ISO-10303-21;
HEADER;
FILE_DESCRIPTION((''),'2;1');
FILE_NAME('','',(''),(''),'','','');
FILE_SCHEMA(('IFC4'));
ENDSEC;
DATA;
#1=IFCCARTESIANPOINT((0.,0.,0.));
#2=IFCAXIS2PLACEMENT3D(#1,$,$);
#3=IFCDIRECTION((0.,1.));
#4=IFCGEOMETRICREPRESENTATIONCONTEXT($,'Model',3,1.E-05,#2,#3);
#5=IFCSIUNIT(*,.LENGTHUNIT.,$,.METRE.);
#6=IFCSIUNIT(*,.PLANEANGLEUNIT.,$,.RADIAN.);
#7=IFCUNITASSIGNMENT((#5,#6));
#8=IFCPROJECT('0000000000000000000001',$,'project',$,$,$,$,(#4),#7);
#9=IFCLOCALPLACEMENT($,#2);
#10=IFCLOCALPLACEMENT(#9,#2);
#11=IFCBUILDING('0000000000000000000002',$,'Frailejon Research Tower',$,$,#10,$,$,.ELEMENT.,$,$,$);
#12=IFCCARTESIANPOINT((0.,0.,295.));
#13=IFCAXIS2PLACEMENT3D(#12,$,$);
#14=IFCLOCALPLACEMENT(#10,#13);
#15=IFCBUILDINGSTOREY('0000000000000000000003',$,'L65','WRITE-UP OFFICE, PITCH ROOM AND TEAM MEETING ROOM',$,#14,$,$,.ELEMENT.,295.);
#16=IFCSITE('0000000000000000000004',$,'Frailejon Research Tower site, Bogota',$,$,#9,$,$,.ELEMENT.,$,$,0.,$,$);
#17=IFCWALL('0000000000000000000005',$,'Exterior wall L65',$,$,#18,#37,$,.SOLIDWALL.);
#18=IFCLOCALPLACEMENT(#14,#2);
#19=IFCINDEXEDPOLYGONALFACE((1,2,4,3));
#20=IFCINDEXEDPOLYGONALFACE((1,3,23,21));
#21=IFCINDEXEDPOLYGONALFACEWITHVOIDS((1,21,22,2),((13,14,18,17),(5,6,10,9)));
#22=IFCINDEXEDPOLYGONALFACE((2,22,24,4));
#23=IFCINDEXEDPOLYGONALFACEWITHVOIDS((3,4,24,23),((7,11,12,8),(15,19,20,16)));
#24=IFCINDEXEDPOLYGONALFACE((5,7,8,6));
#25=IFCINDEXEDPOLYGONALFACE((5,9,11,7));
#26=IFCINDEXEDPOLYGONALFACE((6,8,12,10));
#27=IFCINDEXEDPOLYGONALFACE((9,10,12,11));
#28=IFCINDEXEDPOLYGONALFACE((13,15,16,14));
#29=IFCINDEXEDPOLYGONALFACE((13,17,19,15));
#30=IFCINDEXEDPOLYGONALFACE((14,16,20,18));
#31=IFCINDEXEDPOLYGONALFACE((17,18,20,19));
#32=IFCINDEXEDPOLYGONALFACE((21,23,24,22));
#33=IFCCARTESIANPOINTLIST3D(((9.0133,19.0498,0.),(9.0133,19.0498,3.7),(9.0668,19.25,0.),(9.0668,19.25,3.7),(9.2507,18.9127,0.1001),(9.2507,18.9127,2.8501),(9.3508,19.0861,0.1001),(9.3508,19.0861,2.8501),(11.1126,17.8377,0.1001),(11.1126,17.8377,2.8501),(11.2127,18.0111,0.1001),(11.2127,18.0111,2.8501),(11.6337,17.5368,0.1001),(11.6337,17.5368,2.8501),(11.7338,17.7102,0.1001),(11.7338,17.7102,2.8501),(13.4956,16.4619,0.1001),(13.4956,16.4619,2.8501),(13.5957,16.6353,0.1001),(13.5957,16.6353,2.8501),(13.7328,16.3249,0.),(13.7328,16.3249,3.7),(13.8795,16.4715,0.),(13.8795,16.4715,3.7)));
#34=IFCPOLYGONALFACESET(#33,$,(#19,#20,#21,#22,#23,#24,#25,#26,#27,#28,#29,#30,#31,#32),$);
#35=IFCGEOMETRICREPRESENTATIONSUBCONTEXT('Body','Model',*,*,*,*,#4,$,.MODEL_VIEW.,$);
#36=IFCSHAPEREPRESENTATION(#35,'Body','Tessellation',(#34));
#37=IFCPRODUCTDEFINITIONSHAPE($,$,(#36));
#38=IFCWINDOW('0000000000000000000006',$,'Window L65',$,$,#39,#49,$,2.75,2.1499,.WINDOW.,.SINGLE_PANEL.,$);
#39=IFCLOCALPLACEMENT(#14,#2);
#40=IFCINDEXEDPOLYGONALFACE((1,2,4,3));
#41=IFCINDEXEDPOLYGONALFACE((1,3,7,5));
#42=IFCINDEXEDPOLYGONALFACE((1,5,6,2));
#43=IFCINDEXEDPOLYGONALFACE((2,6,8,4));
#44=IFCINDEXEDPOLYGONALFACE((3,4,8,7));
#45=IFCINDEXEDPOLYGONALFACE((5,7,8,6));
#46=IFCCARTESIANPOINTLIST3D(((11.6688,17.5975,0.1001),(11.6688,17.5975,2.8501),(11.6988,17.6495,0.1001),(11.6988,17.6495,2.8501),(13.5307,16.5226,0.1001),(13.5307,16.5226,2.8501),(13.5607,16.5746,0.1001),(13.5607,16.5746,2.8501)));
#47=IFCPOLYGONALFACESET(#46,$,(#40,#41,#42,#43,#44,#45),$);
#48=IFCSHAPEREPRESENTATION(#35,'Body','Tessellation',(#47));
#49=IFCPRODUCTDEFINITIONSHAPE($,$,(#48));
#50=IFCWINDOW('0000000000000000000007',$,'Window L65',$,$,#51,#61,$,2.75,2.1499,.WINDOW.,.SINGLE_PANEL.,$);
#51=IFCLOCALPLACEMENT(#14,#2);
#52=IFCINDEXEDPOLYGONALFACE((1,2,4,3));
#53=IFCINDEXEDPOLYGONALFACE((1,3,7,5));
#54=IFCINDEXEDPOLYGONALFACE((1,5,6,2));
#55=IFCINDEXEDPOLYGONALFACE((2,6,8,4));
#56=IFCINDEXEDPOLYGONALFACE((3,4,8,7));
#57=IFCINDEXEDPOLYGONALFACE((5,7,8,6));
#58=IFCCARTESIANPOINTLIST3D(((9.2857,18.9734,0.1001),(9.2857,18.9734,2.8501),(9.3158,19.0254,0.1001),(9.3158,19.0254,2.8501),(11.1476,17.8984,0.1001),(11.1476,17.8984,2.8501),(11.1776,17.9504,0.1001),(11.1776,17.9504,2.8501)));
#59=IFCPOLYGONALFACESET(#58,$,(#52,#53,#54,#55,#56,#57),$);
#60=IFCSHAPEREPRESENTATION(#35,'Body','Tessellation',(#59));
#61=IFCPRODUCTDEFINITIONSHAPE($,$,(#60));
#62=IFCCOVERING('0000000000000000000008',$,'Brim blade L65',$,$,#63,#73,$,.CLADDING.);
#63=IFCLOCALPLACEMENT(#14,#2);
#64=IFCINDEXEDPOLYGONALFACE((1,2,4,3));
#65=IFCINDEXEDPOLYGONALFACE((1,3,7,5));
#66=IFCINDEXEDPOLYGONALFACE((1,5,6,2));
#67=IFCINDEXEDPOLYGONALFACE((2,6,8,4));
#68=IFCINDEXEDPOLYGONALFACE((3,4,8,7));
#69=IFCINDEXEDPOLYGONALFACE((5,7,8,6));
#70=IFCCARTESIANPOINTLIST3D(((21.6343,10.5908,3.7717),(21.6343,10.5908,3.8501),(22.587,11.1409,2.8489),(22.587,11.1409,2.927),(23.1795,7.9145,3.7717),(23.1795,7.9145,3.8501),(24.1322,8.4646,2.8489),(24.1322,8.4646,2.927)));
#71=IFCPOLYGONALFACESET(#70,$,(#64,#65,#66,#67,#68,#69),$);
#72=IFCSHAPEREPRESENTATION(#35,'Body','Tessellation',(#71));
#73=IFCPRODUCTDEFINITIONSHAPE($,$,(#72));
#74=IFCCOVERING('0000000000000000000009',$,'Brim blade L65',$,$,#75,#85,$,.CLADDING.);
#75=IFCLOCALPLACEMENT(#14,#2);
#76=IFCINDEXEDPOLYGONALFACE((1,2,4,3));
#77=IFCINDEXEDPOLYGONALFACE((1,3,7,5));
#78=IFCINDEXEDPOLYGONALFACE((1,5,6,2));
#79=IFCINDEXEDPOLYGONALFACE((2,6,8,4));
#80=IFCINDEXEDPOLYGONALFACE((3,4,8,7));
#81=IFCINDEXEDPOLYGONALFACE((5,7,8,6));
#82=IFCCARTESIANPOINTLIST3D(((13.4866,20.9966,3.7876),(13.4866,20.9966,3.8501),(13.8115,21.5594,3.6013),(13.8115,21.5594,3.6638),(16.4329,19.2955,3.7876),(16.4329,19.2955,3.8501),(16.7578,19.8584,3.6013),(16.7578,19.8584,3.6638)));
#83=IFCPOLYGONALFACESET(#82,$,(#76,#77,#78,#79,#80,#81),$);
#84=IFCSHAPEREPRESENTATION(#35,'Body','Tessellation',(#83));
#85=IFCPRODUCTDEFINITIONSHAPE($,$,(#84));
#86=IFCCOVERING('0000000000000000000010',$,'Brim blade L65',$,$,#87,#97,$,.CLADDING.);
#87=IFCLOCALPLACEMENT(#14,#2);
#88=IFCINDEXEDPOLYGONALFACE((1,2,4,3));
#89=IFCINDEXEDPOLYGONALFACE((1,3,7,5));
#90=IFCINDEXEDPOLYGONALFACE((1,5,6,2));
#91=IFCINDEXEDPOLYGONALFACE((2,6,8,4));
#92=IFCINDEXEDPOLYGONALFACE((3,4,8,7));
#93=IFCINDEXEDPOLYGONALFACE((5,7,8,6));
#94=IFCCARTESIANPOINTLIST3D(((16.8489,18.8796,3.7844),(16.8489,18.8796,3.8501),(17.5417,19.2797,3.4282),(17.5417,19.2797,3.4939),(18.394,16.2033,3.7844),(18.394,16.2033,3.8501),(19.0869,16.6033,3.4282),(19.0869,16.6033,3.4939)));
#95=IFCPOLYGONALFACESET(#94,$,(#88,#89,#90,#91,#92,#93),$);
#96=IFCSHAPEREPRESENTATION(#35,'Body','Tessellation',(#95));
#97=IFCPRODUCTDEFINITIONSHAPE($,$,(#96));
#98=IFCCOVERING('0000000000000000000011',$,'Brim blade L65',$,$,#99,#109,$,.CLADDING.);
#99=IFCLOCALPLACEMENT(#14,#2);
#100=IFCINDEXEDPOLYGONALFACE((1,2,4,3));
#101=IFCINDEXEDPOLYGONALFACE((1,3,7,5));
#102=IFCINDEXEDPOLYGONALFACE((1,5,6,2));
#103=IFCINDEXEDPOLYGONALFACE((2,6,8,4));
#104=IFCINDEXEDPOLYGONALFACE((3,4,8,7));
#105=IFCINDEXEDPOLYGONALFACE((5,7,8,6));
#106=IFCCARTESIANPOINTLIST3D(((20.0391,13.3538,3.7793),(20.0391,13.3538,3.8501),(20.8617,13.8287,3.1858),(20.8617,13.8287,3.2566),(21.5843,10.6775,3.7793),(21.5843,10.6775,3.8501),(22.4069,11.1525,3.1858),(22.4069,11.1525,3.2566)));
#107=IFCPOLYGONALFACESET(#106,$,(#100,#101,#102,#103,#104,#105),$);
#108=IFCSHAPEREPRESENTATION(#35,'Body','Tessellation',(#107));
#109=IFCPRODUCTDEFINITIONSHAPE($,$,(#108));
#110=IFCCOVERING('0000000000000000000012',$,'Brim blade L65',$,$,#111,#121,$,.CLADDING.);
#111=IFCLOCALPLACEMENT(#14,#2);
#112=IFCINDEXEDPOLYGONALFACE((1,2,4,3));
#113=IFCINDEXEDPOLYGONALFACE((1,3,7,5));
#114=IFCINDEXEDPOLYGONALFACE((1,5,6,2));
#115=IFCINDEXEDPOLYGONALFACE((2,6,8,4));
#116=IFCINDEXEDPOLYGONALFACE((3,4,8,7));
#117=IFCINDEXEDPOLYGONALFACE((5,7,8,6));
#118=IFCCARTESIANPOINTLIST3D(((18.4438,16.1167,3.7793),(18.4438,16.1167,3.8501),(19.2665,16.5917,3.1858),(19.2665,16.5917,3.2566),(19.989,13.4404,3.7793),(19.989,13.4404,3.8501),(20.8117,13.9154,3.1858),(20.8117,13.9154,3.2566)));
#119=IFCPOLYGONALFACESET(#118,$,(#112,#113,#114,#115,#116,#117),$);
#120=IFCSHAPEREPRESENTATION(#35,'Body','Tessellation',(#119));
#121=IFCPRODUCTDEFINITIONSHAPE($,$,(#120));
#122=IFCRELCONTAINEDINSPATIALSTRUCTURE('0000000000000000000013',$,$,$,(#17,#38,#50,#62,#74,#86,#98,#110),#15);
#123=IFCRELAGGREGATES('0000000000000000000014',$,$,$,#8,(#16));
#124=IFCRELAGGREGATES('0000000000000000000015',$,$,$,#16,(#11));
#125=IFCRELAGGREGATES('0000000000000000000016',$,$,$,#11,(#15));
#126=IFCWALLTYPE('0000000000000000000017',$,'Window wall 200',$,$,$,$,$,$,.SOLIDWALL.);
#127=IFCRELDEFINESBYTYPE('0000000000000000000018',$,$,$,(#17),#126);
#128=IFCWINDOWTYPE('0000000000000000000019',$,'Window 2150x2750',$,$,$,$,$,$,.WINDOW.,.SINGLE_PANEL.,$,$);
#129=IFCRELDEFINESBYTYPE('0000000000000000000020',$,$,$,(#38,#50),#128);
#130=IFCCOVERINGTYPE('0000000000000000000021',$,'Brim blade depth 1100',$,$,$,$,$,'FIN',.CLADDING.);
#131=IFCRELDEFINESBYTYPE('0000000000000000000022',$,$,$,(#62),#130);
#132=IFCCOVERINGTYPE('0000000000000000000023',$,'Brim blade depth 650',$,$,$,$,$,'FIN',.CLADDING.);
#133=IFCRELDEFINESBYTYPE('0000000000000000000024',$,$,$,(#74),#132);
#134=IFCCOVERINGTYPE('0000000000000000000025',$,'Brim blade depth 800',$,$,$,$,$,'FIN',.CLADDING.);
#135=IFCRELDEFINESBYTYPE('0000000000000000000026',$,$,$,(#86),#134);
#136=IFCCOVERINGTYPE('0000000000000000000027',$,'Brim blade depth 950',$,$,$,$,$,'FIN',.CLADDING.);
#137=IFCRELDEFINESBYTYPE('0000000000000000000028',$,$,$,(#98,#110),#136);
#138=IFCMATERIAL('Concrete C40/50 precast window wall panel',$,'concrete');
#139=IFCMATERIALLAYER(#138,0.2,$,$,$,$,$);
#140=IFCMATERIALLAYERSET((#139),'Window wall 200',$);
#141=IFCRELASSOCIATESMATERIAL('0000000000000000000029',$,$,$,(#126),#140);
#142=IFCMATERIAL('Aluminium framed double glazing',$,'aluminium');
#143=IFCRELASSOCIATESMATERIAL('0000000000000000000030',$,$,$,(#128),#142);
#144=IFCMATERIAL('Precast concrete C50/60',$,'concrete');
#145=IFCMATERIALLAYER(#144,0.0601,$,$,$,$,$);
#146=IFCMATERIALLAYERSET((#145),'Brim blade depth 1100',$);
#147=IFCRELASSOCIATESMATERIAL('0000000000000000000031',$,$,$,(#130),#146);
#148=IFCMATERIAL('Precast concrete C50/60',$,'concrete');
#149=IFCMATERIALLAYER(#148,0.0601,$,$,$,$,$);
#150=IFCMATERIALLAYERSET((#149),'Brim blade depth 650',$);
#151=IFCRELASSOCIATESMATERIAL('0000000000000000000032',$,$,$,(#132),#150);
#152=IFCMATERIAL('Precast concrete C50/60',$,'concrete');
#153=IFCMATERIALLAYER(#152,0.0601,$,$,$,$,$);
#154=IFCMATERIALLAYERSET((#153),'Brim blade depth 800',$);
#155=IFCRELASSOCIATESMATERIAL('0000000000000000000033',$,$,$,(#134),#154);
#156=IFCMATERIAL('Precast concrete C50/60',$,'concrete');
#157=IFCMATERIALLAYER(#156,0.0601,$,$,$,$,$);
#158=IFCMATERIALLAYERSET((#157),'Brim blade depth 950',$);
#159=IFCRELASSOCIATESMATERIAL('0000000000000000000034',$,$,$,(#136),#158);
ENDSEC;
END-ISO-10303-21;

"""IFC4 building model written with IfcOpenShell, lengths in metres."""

from ifc_helpers import new_model, si_unit, direction, frame, frame_2d, origin, place, context, subcontext, project, spatial, polyline, rectangle, outline, extrude, material, layer, layer_set, type_object, element, fill, save


model = new_model("IFC4")

# Units and contexts
model_context = context("Model", 3, precision=1e-05, world=origin(), true_north=direction((0.0, 1.0)))
body_context = subcontext(model_context, "Body", "Model", "MODEL_VIEW")
ifc_project = project(units=[si_unit("LENGTHUNIT", "METRE"), si_unit("PLANEANGLEUNIT", "RADIAN")], contexts=[model_context])

# Site, building, storey
site_placement = place(None, origin())
site = spatial("IfcSite", under=ifc_project, at=site_placement, Name="Frailejon Research Tower site, Bogota", CompositionType="ELEMENT", RefElevation=0.0)
building_placement = place(site_placement, origin())
building = spatial("IfcBuilding", under=site, at=building_placement, Name="Frailejon Research Tower", CompositionType="ELEMENT")
storey_placement = place(building_placement, frame((0.0, 0.0, 295.0)))
storey = spatial("IfcBuildingStorey", under=building, at=storey_placement, Name="L65", Description="WRITE-UP OFFICE, PITCH ROOM AND TEAM MEETING ROOM", CompositionType="ELEMENT", Elevation=295.0)

# Wall, openings, windows
ifc_material_1 = material(Name="Concrete C40/50 precast window wall panel", Category="concrete")
ifc_layer_1 = layer(ifc_material_1, 0.2)
ifc_layer_set_1 = layer_set([ifc_layer_1], Name="Window wall 200")
wall_type = type_object("IfcWallType", Name="Window wall 200", PredefinedType="SOLIDWALL", material=ifc_layer_set_1)
wall_placement = place(storey_placement, frame((13.8062, 16.3982, 0.0), z_axis=(0.0, 0.0, 1.0), x_axis=(-0.866026, 0.499999, 0.0)))
wall = element("IfcWall", 1, at=wall_placement, inside=storey, type_object=wall_type, Name="Exterior wall L65", PredefinedType="SOLIDWALL", context=body_context, shape_type="SweptSolid", body=[
    extrude(outline(polyline([(-0.0269, -0.1001), (1.0845, -0.1001), (2.196, -0.1001), (3.3074, -0.1001), (4.4189, -0.1001), (5.5303, -0.1001), (5.4766, 0.1001), (4.3867, 0.1001), (3.2966, 0.1001), (2.2068, 0.1001), (1.1167, 0.1001), (0.0269, 0.1001), (-0.0269, -0.1001)])), origin(), (0.0, 0.0, 1.0), 3.7),
])
opening_1_placement = place(wall_placement, frame((0.3008, 0.0, 0.1001)))
opening_1 = element("IfcOpeningElement", 2, at=opening_1_placement, cuts=wall, PredefinedType="OPENING", context=body_context, shape_type="SweptSolid", body=[
    extrude(rectangle(XDim=2.1499, YDim=2.75, at=frame_2d((1.075, 1.375))), frame((0.0, 0.1099, 0.0), z_axis=(0.0, -1.0, 0.0), x_axis=(1.0, 0.0, 0.0)), (0.0, 0.0, 1.0), 0.22),
])
opening_2_placement = place(wall_placement, frame((3.0525, 0.0, 0.1001)))
opening_2 = element("IfcOpeningElement", 3, at=opening_2_placement, cuts=wall, PredefinedType="OPENING", context=body_context, shape_type="SweptSolid", body=[
    extrude(rectangle(XDim=2.1499, YDim=2.75, at=frame_2d((1.075, 1.375))), frame((0.0, 0.1099, 0.0), z_axis=(0.0, -1.0, 0.0), x_axis=(1.0, 0.0, 0.0)), (0.0, 0.0, 1.0), 0.22),
])
ifc_material_2 = material(Name="Aluminium framed double glazing", Category="aluminium")
window_type = type_object("IfcWindowType", Name="Window 2150x2750", PartitioningType="SINGLE_PANEL", PredefinedType="WINDOW", material=ifc_material_2)
window_1_placement = place(opening_1_placement, origin())
window_1 = element("IfcWindow", 4, at=window_1_placement, inside=storey, type_object=window_type, Name="Window L65", OverallHeight=2.75, OverallWidth=2.1499, PartitioningType="SINGLE_PANEL", PredefinedType="WINDOW", context=body_context, shape_type="SweptSolid", body=[
    extrude(rectangle(XDim=2.1499, YDim=2.75, at=frame_2d((1.075, 1.375))), frame((0.0, 0.03, 0.0), z_axis=(0.0, -1.0, 0.0), x_axis=(1.0, 0.0, 0.0)), (0.0, 0.0, 1.0), 0.0601),
])
fill(opening_1, window_1)
window_2_placement = place(opening_2_placement, origin())
window_2 = element("IfcWindow", 5, at=window_2_placement, inside=storey, type_object=window_type, Name="Window L65", OverallHeight=2.75, OverallWidth=2.1499, PartitioningType="SINGLE_PANEL", PredefinedType="WINDOW", context=body_context, shape_type="SweptSolid", body=[
    extrude(rectangle(XDim=2.1499, YDim=2.75, at=frame_2d((1.075, 1.375))), frame((0.0, 0.03, 0.0), z_axis=(0.0, -1.0, 0.0), x_axis=(1.0, 0.0, 0.0)), (0.0, 0.0, 1.0), 0.0601),
])
fill(opening_2, window_2)

# Coverings
ifc_material_3 = material(Name="Precast concrete C50/60", Category="concrete")
ifc_layer_2 = layer(ifc_material_3, 0.0601)
ifc_layer_set_2 = layer_set([ifc_layer_2], Name="Brim blade depth 1100")
covering_type_1 = type_object("IfcCoveringType", Name="Brim blade depth 1100", ElementType="FIN", PredefinedType="CLADDING", material=ifc_layer_set_2)
covering_1_placement = place(storey_placement, frame((21.6343, 10.5908, 3.8501), z_axis=(0.500009, -0.86602, 0.0), x_axis=(0.86602, 0.500009, 0.0)))
element("IfcCovering", 6, at=covering_1_placement, inside=storey, type_object=covering_type_1, Name="Brim blade L65", PredefinedType="CLADDING", context=body_context, shape_type="SweptSolid", body=[
    extrude(outline(polyline([(0.0, -0.0784), (1.1001, -1.0012), (1.1001, -0.9231), (0.0, 0.0), (0.0, -0.0784)])), origin(), (0.0, 0.0, 1.0), 3.0903),
])
ifc_material_4 = material(Name="Precast concrete C50/60", Category="concrete")
ifc_layer_3 = layer(ifc_material_4, 0.0601)
ifc_layer_set_3 = layer_set([ifc_layer_3], Name="Brim blade depth 650")
covering_type_2 = type_object("IfcCoveringType", Name="Brim blade depth 650", ElementType="FIN", PredefinedType="CLADDING", material=ifc_layer_set_3)
covering_2_placement = place(storey_placement, frame((13.4866, 20.9966, 3.8501), z_axis=(0.866024, -0.500003, 0.0), x_axis=(0.500003, 0.866024, 0.0)))
element("IfcCovering", 7, at=covering_2_placement, inside=storey, type_object=covering_type_2, Name="Brim blade L65", PredefinedType="CLADDING", context=body_context, shape_type="SweptSolid", body=[
    extrude(outline(polyline([(0.0, -0.0625), (0.6499, -0.2488), (0.6499, -0.1863), (0.0, 0.0), (0.0, -0.0625)])), origin(), (0.0, 0.0, 1.0), 3.4021),
])
ifc_material_5 = material(Name="Precast concrete C50/60", Category="concrete")
ifc_layer_4 = layer(ifc_material_5, 0.0601)
ifc_layer_set_4 = layer_set([ifc_layer_4], Name="Brim blade depth 800")
covering_type_3 = type_object("IfcCoveringType", Name="Brim blade depth 800", ElementType="FIN", PredefinedType="CLADDING", material=ifc_layer_set_4)
covering_3_placement = place(storey_placement, frame((16.8489, 18.8796, 3.8501), z_axis=(0.499986, -0.866034, 0.0), x_axis=(0.866034, 0.499986, 0.0)))
element("IfcCovering", 8, at=covering_3_placement, inside=storey, type_object=covering_type_3, Name="Brim blade L65", PredefinedType="CLADDING", context=body_context, shape_type="SweptSolid", body=[
    extrude(outline(polyline([(0.0, -0.0657), (0.8, -0.4219), (0.8, -0.3562), (0.0, 0.0), (0.0, -0.0657)])), origin(), (0.0, 0.0, 1.0), 3.0903),
])
ifc_material_6 = material(Name="Precast concrete C50/60", Category="concrete")
ifc_layer_5 = layer(ifc_material_6, 0.0601)
ifc_layer_set_5 = layer_set([ifc_layer_5], Name="Brim blade depth 950")
covering_type_4 = type_object("IfcCoveringType", Name="Brim blade depth 950", ElementType="FIN", PredefinedType="CLADDING", material=ifc_layer_set_5)
for number, where, z_axis, x_axis, name in (
    (9, (20.0391, 13.3538, 3.8501), (0.500009, -0.86602, 0.0), (0.86602, 0.500009, 0.0), "Brim blade L65"),
    (10, (18.4438, 16.1167, 3.8501), (0.499996, -0.866028, 0.0), (0.866028, 0.499996, 0.0), "Brim blade L65"),
):
    element("IfcCovering", number, at=place(storey_placement, frame(where, z_axis=z_axis, x_axis=x_axis)), inside=storey, type_object=covering_type_4, Name=name, PredefinedType="CLADDING", context=body_context, shape_type="SweptSolid", body=[
        extrude(outline(polyline([(0.0, -0.0708), (0.95, -0.6643), (0.95, -0.5935), (0.0, 0.0), (0.0, -0.0708)])), origin(), (0.0, 0.0, 1.0), 3.0903),
    ])

save(model, "model.ifc")
